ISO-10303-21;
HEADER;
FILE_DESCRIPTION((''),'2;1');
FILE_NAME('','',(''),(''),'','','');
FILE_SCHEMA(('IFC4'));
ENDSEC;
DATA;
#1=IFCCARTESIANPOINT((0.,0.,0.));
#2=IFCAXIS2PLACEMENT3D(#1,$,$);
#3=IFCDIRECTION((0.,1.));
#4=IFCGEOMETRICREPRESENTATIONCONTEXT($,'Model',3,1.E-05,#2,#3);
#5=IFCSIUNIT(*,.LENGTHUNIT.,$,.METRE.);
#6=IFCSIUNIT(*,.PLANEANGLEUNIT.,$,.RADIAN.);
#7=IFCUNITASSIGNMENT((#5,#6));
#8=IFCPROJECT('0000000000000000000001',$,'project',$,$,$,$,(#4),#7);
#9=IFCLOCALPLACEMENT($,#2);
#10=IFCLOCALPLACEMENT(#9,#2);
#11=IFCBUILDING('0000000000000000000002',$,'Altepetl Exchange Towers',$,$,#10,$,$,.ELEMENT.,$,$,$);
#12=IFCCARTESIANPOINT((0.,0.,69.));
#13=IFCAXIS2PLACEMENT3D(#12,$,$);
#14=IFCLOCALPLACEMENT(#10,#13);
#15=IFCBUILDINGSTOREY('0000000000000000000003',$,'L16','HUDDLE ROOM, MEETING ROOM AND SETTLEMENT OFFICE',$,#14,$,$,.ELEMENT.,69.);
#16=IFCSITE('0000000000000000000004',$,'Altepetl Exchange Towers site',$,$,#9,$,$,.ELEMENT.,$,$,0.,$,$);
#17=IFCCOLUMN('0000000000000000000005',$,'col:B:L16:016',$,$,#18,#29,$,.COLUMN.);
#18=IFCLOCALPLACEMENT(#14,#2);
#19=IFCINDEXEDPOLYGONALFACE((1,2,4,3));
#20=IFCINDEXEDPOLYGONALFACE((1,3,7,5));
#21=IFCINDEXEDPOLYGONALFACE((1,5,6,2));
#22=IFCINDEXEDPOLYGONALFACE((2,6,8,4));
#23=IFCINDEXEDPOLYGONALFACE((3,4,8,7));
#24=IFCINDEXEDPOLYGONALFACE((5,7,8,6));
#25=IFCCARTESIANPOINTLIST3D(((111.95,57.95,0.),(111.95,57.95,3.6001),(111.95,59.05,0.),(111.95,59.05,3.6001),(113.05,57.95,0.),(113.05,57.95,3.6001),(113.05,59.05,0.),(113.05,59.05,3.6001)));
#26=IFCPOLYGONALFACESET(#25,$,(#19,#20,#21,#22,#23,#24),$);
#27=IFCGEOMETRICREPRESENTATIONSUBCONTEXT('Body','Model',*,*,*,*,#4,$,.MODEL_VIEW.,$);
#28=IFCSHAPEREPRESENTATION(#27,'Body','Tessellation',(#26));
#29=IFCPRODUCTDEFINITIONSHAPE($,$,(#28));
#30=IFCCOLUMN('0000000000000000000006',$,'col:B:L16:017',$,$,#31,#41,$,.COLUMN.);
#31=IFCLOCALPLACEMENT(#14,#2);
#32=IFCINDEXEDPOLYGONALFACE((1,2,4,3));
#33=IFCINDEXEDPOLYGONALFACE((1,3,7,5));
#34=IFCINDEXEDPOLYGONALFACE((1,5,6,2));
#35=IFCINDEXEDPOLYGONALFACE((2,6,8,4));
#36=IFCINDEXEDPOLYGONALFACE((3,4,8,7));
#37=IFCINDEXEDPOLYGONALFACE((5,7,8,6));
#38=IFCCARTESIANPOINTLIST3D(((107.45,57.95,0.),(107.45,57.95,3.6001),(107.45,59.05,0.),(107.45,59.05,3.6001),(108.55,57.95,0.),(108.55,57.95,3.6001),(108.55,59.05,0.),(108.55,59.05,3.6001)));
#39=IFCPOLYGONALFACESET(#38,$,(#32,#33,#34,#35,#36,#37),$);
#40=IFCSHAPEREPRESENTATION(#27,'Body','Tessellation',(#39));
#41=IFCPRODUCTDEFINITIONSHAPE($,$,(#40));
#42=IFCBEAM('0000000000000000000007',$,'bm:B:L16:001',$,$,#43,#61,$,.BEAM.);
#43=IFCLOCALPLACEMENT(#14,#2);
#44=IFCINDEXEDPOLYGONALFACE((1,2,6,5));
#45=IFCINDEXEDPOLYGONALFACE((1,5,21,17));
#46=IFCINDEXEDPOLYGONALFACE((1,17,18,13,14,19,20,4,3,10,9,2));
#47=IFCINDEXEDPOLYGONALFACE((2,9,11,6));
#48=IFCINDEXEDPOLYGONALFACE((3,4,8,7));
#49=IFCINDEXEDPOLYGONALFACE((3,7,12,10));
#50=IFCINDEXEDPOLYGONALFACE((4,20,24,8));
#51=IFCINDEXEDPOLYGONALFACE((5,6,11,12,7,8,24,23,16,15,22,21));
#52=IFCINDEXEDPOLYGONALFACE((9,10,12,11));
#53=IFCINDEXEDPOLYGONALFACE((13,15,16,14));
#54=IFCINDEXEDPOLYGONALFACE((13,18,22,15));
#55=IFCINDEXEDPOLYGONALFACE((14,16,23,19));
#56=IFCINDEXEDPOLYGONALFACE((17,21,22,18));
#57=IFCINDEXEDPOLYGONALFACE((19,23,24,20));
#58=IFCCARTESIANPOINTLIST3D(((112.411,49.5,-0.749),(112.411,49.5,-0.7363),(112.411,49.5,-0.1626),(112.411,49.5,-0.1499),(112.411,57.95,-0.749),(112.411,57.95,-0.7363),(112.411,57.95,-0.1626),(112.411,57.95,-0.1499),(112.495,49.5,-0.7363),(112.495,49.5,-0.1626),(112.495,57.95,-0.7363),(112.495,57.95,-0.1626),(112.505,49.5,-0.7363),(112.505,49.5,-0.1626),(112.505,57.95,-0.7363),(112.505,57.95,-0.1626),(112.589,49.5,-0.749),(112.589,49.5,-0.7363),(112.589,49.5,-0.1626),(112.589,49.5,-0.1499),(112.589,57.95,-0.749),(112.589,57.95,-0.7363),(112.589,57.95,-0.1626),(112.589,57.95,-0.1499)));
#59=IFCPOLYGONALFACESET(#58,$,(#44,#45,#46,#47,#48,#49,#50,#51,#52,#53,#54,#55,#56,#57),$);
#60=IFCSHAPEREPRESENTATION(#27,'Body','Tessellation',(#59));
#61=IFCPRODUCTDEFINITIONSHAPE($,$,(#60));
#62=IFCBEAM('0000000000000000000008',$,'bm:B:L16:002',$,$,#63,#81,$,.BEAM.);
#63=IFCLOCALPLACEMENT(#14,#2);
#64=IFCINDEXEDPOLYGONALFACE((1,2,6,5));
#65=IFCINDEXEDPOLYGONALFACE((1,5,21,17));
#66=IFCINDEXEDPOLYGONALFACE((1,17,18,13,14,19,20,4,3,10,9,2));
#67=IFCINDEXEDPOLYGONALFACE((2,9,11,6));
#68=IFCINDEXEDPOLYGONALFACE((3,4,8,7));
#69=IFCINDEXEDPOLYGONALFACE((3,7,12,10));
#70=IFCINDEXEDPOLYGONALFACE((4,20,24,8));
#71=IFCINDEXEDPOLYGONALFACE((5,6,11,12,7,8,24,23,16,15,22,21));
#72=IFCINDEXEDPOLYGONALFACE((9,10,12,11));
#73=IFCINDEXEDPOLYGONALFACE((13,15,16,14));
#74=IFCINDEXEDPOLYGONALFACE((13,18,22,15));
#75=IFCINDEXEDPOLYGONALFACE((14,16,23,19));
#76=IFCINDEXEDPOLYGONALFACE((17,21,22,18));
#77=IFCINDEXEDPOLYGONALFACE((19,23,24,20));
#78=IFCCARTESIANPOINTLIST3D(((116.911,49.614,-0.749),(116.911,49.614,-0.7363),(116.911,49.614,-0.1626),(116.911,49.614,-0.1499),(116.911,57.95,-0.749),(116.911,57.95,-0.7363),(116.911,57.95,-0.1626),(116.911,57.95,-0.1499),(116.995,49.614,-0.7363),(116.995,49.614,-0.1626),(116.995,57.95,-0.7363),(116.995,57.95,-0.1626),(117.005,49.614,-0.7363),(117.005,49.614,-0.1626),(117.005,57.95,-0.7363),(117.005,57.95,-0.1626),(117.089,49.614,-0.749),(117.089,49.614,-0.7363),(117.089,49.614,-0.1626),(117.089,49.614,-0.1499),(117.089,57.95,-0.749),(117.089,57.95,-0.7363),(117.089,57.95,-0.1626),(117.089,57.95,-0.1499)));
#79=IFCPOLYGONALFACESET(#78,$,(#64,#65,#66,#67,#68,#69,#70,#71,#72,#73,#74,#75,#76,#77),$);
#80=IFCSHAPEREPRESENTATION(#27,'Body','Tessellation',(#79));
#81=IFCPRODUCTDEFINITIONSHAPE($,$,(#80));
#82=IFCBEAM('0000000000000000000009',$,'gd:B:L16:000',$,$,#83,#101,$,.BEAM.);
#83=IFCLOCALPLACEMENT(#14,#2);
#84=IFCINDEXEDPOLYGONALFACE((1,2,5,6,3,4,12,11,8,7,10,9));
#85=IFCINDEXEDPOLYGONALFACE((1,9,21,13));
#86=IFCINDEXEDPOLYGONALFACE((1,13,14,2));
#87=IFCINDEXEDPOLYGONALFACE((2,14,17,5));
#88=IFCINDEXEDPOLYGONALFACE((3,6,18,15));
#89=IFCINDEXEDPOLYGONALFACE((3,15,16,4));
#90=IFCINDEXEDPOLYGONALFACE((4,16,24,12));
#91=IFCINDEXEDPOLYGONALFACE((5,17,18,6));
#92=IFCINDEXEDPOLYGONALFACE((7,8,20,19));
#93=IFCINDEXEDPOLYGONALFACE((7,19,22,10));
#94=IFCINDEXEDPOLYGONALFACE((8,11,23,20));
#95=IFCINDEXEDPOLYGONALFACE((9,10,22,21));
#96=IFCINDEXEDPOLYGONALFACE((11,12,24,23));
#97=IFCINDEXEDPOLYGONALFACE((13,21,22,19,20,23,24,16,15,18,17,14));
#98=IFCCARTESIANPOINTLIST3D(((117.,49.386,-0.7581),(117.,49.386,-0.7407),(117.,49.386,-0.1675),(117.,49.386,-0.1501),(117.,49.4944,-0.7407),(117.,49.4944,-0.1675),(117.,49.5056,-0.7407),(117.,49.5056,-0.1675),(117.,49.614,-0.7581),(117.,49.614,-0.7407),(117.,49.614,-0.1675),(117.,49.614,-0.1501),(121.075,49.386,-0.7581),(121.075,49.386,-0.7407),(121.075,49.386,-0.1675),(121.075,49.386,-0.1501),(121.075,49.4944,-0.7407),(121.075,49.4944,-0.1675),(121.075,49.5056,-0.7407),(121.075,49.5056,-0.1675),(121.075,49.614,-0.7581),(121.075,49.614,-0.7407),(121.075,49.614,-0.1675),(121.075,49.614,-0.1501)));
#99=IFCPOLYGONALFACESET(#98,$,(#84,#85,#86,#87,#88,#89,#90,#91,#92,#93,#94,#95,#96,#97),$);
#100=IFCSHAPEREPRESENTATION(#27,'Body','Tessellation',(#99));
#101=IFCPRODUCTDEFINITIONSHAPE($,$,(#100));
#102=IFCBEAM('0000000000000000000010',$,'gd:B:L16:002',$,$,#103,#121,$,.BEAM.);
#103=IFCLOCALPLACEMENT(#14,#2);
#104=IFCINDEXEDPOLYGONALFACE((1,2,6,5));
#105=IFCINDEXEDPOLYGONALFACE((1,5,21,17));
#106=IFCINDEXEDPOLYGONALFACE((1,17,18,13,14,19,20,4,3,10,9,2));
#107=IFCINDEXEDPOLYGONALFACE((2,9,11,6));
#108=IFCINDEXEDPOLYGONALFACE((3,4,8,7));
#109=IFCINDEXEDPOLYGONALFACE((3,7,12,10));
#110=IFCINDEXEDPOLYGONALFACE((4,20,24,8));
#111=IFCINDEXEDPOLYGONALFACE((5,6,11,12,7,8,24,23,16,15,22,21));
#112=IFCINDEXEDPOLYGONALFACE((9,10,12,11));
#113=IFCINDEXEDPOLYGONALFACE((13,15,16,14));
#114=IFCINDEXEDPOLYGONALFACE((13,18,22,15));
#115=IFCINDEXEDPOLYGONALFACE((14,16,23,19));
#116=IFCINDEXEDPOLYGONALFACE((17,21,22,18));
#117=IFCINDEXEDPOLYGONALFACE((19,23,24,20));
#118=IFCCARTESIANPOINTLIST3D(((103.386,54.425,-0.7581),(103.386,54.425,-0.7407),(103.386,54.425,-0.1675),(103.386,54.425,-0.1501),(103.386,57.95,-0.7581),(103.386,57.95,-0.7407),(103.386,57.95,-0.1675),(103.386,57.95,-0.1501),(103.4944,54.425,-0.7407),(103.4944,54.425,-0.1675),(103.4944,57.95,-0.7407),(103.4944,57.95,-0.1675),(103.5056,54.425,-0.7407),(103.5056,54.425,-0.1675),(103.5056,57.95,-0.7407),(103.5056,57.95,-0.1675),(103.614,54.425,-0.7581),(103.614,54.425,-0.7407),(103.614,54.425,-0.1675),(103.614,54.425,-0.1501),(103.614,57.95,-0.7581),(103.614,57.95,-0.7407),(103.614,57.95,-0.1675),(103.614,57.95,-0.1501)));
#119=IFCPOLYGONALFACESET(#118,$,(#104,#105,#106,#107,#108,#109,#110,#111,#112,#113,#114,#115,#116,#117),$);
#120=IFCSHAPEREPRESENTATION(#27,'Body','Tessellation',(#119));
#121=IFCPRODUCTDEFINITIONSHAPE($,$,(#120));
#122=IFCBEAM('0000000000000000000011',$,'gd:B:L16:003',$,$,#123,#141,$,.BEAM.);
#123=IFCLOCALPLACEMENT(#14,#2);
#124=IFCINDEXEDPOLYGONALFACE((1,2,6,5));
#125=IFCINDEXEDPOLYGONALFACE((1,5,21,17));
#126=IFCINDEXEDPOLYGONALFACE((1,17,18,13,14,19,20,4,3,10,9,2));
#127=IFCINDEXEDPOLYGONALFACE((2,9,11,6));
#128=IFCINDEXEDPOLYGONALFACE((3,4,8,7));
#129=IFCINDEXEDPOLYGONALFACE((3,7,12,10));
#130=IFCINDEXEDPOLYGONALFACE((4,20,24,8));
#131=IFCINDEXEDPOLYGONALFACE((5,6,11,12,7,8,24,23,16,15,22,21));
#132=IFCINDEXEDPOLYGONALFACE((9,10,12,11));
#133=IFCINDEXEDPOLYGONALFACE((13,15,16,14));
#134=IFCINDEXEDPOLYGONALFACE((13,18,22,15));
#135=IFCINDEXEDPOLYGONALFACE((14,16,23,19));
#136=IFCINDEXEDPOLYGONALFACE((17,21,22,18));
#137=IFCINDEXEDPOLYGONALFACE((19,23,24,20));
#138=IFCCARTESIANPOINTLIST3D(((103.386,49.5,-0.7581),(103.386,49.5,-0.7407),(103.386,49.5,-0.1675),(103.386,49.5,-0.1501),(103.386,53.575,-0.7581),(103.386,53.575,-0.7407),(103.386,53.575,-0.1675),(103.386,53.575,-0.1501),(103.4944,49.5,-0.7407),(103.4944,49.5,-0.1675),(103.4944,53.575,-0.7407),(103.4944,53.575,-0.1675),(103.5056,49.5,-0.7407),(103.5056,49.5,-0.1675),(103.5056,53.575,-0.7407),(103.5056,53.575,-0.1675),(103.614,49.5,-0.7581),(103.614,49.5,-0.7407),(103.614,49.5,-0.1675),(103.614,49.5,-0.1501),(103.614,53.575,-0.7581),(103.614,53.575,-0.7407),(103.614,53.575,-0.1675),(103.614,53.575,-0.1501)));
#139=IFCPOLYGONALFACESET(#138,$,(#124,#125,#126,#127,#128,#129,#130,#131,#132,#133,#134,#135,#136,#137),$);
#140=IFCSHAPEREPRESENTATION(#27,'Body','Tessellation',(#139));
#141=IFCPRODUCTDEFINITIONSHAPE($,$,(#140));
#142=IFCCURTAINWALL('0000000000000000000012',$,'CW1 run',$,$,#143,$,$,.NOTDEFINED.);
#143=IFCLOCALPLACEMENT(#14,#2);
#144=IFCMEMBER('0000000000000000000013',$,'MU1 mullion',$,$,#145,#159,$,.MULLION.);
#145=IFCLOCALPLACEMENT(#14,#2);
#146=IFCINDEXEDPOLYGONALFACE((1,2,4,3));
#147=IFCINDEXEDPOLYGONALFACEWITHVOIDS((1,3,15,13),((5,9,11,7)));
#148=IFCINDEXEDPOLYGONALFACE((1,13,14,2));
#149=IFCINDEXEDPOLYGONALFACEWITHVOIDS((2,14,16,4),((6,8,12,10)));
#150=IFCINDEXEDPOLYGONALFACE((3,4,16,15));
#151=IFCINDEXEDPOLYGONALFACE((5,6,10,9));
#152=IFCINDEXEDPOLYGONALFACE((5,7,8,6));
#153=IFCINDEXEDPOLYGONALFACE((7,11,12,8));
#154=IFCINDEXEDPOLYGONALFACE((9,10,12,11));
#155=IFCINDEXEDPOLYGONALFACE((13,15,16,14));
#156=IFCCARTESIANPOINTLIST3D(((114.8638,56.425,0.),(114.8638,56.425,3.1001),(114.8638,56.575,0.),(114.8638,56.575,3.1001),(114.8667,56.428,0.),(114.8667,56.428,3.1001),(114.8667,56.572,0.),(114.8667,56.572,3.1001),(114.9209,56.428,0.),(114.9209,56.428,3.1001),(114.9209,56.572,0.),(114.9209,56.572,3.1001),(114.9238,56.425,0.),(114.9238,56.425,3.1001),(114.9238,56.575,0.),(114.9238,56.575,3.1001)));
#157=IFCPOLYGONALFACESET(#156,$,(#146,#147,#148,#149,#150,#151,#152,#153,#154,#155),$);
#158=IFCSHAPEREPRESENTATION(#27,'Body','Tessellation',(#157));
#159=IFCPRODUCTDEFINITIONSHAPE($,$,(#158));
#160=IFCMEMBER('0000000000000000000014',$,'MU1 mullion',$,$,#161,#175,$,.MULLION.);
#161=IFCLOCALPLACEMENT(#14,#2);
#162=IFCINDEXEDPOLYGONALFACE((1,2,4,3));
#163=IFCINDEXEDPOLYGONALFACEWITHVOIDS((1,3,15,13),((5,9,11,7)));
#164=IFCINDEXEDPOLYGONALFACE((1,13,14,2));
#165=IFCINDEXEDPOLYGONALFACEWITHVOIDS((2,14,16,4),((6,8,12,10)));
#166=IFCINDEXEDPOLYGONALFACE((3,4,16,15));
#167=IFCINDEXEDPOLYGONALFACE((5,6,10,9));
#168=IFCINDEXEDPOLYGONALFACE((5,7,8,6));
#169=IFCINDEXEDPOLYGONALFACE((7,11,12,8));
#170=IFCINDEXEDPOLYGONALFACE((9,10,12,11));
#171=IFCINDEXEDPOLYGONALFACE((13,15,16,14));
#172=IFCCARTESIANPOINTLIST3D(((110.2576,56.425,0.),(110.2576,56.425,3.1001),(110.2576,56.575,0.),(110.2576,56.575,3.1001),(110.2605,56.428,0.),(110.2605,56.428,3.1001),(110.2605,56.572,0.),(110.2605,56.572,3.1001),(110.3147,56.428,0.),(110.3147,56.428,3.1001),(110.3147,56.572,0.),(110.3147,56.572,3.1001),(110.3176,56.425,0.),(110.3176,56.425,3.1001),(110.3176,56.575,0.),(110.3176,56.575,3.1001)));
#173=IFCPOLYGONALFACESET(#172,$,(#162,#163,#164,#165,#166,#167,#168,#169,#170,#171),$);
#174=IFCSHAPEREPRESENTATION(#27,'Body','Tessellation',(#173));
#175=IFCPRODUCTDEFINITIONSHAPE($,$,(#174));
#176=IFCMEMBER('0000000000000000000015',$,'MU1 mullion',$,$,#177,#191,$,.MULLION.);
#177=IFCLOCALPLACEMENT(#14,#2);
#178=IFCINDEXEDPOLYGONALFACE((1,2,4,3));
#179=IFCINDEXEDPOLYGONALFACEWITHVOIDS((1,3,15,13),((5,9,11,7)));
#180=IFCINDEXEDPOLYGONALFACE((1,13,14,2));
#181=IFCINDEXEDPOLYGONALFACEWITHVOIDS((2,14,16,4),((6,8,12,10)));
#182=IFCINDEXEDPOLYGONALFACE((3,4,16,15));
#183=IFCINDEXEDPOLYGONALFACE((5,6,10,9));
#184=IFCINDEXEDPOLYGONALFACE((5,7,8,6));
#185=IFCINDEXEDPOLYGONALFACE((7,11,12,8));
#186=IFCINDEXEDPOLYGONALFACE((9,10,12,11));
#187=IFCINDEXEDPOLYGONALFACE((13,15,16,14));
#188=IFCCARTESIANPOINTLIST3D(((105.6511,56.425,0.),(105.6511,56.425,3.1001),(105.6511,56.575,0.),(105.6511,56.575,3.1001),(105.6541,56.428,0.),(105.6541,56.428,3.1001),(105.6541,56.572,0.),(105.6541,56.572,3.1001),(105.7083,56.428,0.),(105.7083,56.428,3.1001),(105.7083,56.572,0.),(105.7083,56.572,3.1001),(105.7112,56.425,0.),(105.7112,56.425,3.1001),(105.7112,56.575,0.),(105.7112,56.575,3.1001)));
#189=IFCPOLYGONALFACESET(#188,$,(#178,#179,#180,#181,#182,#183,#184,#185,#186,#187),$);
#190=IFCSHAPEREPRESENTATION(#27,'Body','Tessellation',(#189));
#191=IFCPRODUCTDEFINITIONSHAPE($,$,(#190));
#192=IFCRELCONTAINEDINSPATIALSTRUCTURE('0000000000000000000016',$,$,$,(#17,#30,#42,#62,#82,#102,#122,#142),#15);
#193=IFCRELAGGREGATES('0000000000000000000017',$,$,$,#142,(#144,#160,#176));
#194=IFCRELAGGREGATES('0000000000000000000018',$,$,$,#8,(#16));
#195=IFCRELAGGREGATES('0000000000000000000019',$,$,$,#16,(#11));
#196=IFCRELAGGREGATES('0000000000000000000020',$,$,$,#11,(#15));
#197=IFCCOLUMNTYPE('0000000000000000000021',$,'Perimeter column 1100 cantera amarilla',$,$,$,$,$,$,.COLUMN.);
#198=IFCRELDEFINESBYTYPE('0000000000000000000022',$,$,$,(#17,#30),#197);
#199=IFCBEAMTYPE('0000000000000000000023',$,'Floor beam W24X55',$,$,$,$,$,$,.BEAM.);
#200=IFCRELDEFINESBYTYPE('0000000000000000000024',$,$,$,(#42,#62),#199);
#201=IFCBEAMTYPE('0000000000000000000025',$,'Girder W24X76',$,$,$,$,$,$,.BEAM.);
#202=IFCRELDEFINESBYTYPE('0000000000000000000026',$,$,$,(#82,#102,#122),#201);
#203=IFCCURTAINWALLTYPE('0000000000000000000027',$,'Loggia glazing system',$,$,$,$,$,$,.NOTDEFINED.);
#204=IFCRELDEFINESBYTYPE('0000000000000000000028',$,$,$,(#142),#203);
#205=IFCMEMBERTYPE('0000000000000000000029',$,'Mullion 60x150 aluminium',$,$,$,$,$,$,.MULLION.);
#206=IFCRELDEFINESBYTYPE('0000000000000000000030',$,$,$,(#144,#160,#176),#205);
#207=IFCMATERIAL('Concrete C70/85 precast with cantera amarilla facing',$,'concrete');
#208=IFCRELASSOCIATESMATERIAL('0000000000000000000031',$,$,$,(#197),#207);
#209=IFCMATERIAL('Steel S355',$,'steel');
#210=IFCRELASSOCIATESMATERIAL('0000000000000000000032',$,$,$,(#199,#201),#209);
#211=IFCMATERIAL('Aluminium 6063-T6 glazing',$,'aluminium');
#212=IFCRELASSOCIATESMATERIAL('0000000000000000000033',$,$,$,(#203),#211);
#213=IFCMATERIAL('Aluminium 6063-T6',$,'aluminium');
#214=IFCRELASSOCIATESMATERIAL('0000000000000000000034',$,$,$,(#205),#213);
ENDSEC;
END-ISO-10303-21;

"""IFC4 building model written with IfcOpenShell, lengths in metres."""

from ifc_helpers import new_model, si_unit, direction, frame, origin, origin_2d, place, context, subcontext, project, spatial, rectangle, hollow_rectangle, i_section, extrude, material, material_profile, profile_set, type_object, element, aggregate, save


model = new_model("IFC4")

# Units and contexts
model_context = context("Model", 3, precision=1e-05, world=origin(), true_north=direction((0.0, 1.0)))
body_context = subcontext(model_context, "Body", "Model", "MODEL_VIEW")
ifc_project = project(units=[si_unit("LENGTHUNIT", "METRE"), si_unit("PLANEANGLEUNIT", "RADIAN")], contexts=[model_context])

# Site, building, storey
site_placement = place(None, origin())
site = spatial("IfcSite", under=ifc_project, at=site_placement, Name="Altepetl Exchange Towers site", CompositionType="ELEMENT", RefElevation=0.0)
building_placement = place(site_placement, origin())
building = spatial("IfcBuilding", under=site, at=building_placement, Name="Altepetl Exchange Towers", CompositionType="ELEMENT")
storey_placement = place(building_placement, frame((0.0, 0.0, 69.0)))
storey = spatial("IfcBuildingStorey", under=building, at=storey_placement, Name="L16", Description="HUDDLE ROOM, MEETING ROOM AND SETTLEMENT OFFICE", CompositionType="ELEMENT", Elevation=69.0)

# Columns
ifc_material_1 = material(Name="Concrete C70/85 precast with cantera amarilla facing", Category="concrete")
ifc_material_profile_1 = material_profile(ifc_material_1, rectangle(XDim=1.1001, YDim=1.1001, at=origin_2d()), Name="1100 x 1100")
ifc_profile_set_1 = profile_set([ifc_material_profile_1], Name="Concrete C70/85 precast with cantera amarilla facing")
column_type = type_object("IfcColumnType", Name="Perimeter column 1100 cantera amarilla", PredefinedType="COLUMN", material=ifc_profile_set_1)
for number, where, name in (
    (1, (112.5, 58.5, 0.0), "col:B:L16:016"),
    (2, (108.0, 58.5, 0.0), "col:B:L16:017"),
):
    element("IfcColumn", number, at=place(storey_placement, frame(where)), inside=storey, type_object=column_type, Name=name, PredefinedType="COLUMN", context=body_context, shape_type="SweptSolid", body=[
        extrude(rectangle(XDim=1.1001, YDim=1.1001, at=origin_2d()), origin(), (0.0, 0.0, 1.0), 3.6001),
    ])

# Beams
ifc_material_2 = material(Name="Steel S355", Category="steel")
ifc_material_profile_2 = material_profile(ifc_material_2, i_section(OverallWidth=0.178, OverallDepth=0.5991, WebThickness=0.01, FlangeThickness=0.0127, at=origin_2d()), Name="W24X55")
ifc_profile_set_2 = profile_set([ifc_material_profile_2], Name="Steel S355")
beam_type_1 = type_object("IfcBeamType", Name="Floor beam W24X55", PredefinedType="BEAM", material=ifc_profile_set_2)
beam_1_placement = place(storey_placement, frame((112.5, 49.5, -0.4495), z_axis=(0.0, 1.0, 0.0), x_axis=(-1.0, 0.0, 0.0)))
element("IfcBeam", 3, at=beam_1_placement, inside=storey, type_object=beam_type_1, Name="bm:B:L16:001", PredefinedType="BEAM", context=body_context, shape_type="SweptSolid", body=[
    extrude(i_section(OverallWidth=0.178, OverallDepth=0.5991, WebThickness=0.01, FlangeThickness=0.0127, at=origin_2d()), origin(), (0.0, 0.0, 1.0), 8.45),
])
beam_2_placement = place(storey_placement, frame((117.0, 49.614, -0.4495), z_axis=(0.0, 1.0, 0.0), x_axis=(-1.0, 0.0, 0.0)))
element("IfcBeam", 4, at=beam_2_placement, inside=storey, type_object=beam_type_1, Name="bm:B:L16:002", PredefinedType="BEAM", context=body_context, shape_type="SweptSolid", body=[
    extrude(i_section(OverallWidth=0.178, OverallDepth=0.5991, WebThickness=0.01, FlangeThickness=0.0127, at=origin_2d()), origin(), (0.0, 0.0, 1.0), 8.3359),
])
ifc_material_profile_3 = material_profile(ifc_material_2, i_section(OverallWidth=0.228, OverallDepth=0.6079, WebThickness=0.0112, FlangeThickness=0.0173, at=origin_2d()), Name="W24X76")
ifc_profile_set_3 = profile_set([ifc_material_profile_3], Name="Steel S355")
beam_type_2 = type_object("IfcBeamType", Name="Girder W24X76", PredefinedType="BEAM", material=ifc_profile_set_3)
beam_3_placement = place(storey_placement, frame((117.0, 49.5, -0.4541), z_axis=(1.0, 0.0, 0.0), x_axis=(0.0, 1.0, 0.0)))
element("IfcBeam", 5, at=beam_3_placement, inside=storey, type_object=beam_type_2, Name="gd:B:L16:000", PredefinedType="BEAM", context=body_context, shape_type="SweptSolid", body=[
    extrude(i_section(OverallWidth=0.228, OverallDepth=0.6079, WebThickness=0.0112, FlangeThickness=0.0173, at=origin_2d()), origin(), (0.0, 0.0, 1.0), 4.075),
])
beam_4_placement = place(storey_placement, frame((103.5, 57.95, -0.4541), z_axis=(0.0, -1.0, 0.0), x_axis=(1.0, 0.0, 0.0)))
element("IfcBeam", 6, at=beam_4_placement, inside=storey, type_object=beam_type_2, Name="gd:B:L16:002", PredefinedType="BEAM", context=body_context, shape_type="SweptSolid", body=[
    extrude(i_section(OverallWidth=0.228, OverallDepth=0.6079, WebThickness=0.0112, FlangeThickness=0.0173, at=origin_2d()), origin(), (0.0, 0.0, 1.0), 3.5249),
])
beam_5_placement = place(storey_placement, frame((103.5, 53.575, -0.4541), z_axis=(0.0, -1.0, 0.0), x_axis=(1.0, 0.0, 0.0)))
element("IfcBeam", 7, at=beam_5_placement, inside=storey, type_object=beam_type_2, Name="gd:B:L16:003", PredefinedType="BEAM", context=body_context, shape_type="SweptSolid", body=[
    extrude(i_section(OverallWidth=0.228, OverallDepth=0.6079, WebThickness=0.0112, FlangeThickness=0.0173, at=origin_2d()), origin(), (0.0, 0.0, 1.0), 4.075),
])

# Curtain wall, members
ifc_material_3 = material(Name="Aluminium 6063-T6 glazing", Category="aluminium")
curtain_wall_type = type_object("IfcCurtainWallType", Name="Loggia glazing system", PredefinedType="NOTDEFINED", material=ifc_material_3)
curtain_wall_placement = place(storey_placement, origin())
curtain_wall = element("IfcCurtainWall", 8, at=curtain_wall_placement, inside=storey, type_object=curtain_wall_type, Name="CW1 run", PredefinedType="NOTDEFINED")
ifc_material_4 = material(Name="Aluminium 6063-T6", Category="aluminium")
ifc_material_profile_4 = material_profile(ifc_material_4, hollow_rectangle(XDim=0.0601, YDim=0.1499, WallThickness=0.0029, at=origin_2d()), Name="Mullion 60x150 aluminium")
ifc_profile_set_4 = profile_set([ifc_material_profile_4], Name="Aluminium 6063-T6")
member_type = type_object("IfcMemberType", Name="Mullion 60x150 aluminium", PredefinedType="MULLION", material=ifc_profile_set_4)
member_1_placement = place(storey_placement, frame((114.8938, 56.5, 0.0), z_axis=(0.0, 0.0, 1.0), x_axis=(-1.0, 0.0, 0.0)))
member_1 = element("IfcMember", 9, at=member_1_placement, type_object=member_type, Name="MU1 mullion", PredefinedType="MULLION", context=body_context, shape_type="SweptSolid", body=[
    extrude(hollow_rectangle(XDim=0.0601, YDim=0.1499, WallThickness=0.0029, at=origin_2d()), origin(), (0.0, 0.0, 1.0), 3.1001),
])
member_2_placement = place(storey_placement, frame((110.2876, 56.5, 0.0), z_axis=(0.0, 0.0, 1.0), x_axis=(-1.0, 0.0, 0.0)))
member_2 = element("IfcMember", 10, at=member_2_placement, type_object=member_type, Name="MU1 mullion", PredefinedType="MULLION", context=body_context, shape_type="SweptSolid", body=[
    extrude(hollow_rectangle(XDim=0.0601, YDim=0.1499, WallThickness=0.0029, at=origin_2d()), origin(), (0.0, 0.0, 1.0), 3.1001),
])
member_3_placement = place(storey_placement, frame((105.6812, 56.5, 0.0), z_axis=(0.0, 0.0, 1.0), x_axis=(-1.0, 0.0, 0.0)))
member_3 = element("IfcMember", 11, at=member_3_placement, type_object=member_type, Name="MU1 mullion", PredefinedType="MULLION", context=body_context, shape_type="SweptSolid", body=[
    extrude(hollow_rectangle(XDim=0.0601, YDim=0.1499, WallThickness=0.0029, at=origin_2d()), origin(), (0.0, 0.0, 1.0), 3.1001),
])

aggregate(curtain_wall, [member_1, member_2, member_3])

save(model, "model.ifc")
